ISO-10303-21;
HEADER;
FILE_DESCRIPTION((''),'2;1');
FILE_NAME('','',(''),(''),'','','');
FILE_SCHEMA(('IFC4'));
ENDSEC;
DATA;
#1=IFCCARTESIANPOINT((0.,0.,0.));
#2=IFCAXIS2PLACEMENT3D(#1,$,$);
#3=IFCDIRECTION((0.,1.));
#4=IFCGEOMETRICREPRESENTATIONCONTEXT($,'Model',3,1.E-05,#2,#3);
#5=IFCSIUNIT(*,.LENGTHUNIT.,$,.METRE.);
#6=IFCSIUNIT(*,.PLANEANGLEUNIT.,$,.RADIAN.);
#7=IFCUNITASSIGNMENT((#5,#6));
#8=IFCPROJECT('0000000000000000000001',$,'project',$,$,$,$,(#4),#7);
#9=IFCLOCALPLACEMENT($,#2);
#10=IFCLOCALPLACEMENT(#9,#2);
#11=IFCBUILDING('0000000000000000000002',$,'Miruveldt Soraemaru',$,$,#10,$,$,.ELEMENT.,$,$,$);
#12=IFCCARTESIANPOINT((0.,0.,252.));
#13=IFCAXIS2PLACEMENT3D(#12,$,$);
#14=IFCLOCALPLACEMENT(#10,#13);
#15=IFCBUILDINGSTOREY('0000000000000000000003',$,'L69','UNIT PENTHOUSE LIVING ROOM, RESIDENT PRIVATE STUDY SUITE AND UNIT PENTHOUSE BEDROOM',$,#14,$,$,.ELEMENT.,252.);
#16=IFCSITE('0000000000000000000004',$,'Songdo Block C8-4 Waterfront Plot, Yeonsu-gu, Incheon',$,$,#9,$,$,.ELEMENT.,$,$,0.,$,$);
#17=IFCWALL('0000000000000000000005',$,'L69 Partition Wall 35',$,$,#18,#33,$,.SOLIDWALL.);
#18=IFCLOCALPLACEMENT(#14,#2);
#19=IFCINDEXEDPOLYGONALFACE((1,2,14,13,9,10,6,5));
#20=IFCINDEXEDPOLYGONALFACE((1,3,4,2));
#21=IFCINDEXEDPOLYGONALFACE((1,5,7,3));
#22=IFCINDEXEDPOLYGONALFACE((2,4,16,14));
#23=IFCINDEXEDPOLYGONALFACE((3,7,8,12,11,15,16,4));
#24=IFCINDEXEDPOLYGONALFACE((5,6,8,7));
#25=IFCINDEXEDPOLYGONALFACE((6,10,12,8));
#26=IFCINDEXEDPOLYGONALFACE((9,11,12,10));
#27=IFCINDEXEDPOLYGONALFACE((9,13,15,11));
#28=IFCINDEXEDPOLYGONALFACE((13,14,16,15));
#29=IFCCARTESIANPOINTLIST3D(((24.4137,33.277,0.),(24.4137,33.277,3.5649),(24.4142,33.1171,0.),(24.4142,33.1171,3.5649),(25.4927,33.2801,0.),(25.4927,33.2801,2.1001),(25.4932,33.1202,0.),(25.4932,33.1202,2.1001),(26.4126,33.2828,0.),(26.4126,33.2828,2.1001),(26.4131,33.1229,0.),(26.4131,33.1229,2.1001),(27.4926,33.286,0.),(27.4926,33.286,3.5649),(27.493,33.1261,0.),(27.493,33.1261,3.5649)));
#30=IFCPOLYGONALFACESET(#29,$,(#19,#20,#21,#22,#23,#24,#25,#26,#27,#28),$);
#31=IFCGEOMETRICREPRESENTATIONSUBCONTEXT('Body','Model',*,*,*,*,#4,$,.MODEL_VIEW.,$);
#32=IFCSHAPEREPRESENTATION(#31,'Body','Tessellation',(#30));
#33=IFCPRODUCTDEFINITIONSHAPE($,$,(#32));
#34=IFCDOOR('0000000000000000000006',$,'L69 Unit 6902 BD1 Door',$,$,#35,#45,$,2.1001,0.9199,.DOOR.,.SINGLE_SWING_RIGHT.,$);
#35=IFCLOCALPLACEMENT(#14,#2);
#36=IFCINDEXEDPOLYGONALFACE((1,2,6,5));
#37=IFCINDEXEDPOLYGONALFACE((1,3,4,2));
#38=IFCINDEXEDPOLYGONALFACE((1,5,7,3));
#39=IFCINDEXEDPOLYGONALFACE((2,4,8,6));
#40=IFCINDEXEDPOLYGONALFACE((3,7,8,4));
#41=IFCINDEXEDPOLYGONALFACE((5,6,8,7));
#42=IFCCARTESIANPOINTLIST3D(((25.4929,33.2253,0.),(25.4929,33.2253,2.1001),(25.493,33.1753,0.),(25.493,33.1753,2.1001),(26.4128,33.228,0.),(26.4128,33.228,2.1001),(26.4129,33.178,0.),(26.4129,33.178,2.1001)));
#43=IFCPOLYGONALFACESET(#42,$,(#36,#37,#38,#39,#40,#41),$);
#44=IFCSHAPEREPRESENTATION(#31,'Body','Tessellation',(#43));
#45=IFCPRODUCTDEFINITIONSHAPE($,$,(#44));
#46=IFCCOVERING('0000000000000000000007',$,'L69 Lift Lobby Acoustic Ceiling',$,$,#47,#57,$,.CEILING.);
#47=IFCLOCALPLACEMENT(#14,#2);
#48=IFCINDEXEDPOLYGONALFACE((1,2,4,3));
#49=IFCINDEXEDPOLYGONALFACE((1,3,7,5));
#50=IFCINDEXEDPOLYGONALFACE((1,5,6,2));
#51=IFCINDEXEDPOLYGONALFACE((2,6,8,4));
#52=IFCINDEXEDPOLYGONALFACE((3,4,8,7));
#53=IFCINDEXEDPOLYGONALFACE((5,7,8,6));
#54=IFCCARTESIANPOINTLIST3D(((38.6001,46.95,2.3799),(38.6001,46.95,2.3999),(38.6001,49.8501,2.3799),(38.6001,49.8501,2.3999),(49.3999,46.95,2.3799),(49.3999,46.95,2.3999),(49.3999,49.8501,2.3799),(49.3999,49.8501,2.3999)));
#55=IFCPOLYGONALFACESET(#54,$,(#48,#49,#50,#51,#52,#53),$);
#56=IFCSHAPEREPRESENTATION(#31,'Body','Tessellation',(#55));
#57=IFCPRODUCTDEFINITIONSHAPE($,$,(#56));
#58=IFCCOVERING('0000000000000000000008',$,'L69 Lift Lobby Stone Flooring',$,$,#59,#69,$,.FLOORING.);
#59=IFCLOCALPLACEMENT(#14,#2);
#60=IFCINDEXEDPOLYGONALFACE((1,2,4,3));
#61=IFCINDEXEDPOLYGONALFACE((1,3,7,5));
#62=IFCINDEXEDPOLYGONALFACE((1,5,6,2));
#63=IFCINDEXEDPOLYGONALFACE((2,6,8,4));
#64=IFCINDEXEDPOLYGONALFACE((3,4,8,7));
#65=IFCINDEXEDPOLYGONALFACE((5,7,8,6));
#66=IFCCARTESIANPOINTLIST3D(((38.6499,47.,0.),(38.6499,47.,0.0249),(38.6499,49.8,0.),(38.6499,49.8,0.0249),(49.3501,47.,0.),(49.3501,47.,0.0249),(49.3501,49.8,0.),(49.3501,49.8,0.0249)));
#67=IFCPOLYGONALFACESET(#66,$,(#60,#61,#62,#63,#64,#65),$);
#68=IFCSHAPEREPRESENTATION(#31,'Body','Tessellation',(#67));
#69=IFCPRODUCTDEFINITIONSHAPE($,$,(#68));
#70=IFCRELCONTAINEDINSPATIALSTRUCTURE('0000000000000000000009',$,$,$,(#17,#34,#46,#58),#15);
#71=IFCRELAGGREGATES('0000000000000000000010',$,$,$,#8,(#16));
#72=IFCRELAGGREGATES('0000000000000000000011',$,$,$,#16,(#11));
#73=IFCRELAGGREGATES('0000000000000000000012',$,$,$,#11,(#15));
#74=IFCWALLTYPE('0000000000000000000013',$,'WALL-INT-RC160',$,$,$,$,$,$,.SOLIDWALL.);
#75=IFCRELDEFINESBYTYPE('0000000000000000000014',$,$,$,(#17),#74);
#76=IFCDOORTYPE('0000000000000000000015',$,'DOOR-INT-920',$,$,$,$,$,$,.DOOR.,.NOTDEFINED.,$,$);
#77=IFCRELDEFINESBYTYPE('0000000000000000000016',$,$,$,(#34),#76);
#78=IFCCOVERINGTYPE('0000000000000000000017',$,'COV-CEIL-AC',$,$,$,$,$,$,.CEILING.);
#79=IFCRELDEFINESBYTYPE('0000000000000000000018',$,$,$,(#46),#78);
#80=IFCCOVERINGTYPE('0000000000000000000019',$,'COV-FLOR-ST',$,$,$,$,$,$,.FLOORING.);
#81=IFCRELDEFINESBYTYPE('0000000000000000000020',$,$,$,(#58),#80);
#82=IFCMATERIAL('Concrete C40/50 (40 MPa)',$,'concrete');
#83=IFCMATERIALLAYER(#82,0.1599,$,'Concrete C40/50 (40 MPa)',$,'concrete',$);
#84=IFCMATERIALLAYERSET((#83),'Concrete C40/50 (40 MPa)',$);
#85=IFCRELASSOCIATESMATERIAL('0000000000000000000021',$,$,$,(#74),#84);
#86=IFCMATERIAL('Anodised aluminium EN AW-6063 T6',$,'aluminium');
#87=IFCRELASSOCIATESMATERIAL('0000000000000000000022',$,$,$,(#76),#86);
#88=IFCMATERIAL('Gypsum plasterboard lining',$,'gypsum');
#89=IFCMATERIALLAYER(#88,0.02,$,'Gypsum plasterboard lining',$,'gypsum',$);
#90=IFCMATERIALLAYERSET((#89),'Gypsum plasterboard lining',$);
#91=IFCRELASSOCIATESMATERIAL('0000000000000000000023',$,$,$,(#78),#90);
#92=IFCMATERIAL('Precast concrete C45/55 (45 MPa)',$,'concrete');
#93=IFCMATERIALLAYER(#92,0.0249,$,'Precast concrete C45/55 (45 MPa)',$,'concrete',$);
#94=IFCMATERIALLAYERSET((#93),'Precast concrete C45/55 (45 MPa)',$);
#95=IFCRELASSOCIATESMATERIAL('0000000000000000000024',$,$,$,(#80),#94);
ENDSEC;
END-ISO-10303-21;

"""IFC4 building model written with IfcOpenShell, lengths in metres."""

from ifc_helpers import new_model, si_unit, direction, frame, frame_2d, origin, place, context, subcontext, project, spatial, polyline, rectangle, outline, extrude, material, layer, layer_set, type_object, element, fill, save


model = new_model("IFC4")

# Units and contexts
model_context = context("Model", 3, precision=1e-05, world=origin(), true_north=direction((0.0, 1.0)))
body_context = subcontext(model_context, "Body", "Model", "MODEL_VIEW")
ifc_project = project(units=[si_unit("LENGTHUNIT", "METRE"), si_unit("PLANEANGLEUNIT", "RADIAN")], contexts=[model_context])

# Site, building, storey
site_placement = place(None, origin())
site = spatial("IfcSite", under=ifc_project, at=site_placement, Name="Songdo Block C8-4 Waterfront Plot, Yeonsu-gu, Incheon", CompositionType="ELEMENT", RefElevation=0.0)
building_placement = place(site_placement, origin())
building = spatial("IfcBuilding", under=site, at=building_placement, Name="Miruveldt Soraemaru", CompositionType="ELEMENT")
storey_placement = place(building_placement, frame((0.0, 0.0, 252.0)))
storey = spatial("IfcBuildingStorey", under=building, at=storey_placement, Name="L69", Description="UNIT PENTHOUSE LIVING ROOM, RESIDENT PRIVATE STUDY SUITE AND UNIT PENTHOUSE BEDROOM", CompositionType="ELEMENT", Elevation=252.0)

# Shared definitions
ifc_material_1 = material(Name="Concrete C40/50 (40 MPa)", Category="concrete")

# Shared definitions
ifc_material_2 = material(Name="Precast concrete C45/55 (45 MPa)", Category="concrete")

# Shared definitions
ifc_material_3 = material(Name="Gypsum plasterboard lining", Category="gypsum")
ifc_material_4 = material(Name="Anodised aluminium EN AW-6063 T6", Category="aluminium")

# Wall, opening, door
ifc_layer_1 = layer(ifc_material_1, 0.1599, Name="Concrete C40/50 (40 MPa)", Category="concrete")
ifc_layer_set_1 = layer_set([ifc_layer_1], Name="Concrete C40/50 (40 MPa)")
wall_type_1 = type_object("IfcWallType", Name="WALL-INT-RC160", PredefinedType="SOLIDWALL", material=ifc_layer_set_1)
wall_1_placement = place(storey_placement, frame((27.4929, 33.2061, 0.0), z_axis=(0.0, 0.0, 1.0), x_axis=(-0.999996, -0.002934, 0.0)))
wall_1 = element("IfcWall", 1, at=wall_1_placement, inside=storey, type_object=wall_type_1, Name="L69 Partition Wall 35", PredefinedType="SOLIDWALL", context=body_context, shape_type="SweptSolid", body=[
    extrude(rectangle(XDim=3.0789, YDim=0.1599, at=frame_2d((1.5396, 0.0))), origin(), (0.0, 0.0, 1.0), 3.5649),
])
opening_1_placement = place(wall_1_placement, frame((1.0801, 0.0, 0.0)))
opening_1 = element("IfcOpeningElement", 2, at=opening_1_placement, cuts=wall_1, PredefinedType="OPENING", context=body_context, shape_type="SweptSolid", body=[
    extrude(rectangle(XDim=0.9199, YDim=2.1001, at=frame_2d((0.46, 1.05))), frame((0.0, 0.0898, 0.0), z_axis=(0.0, -1.0, 0.0), x_axis=(1.0, 0.0, 0.0)), (0.0, 0.0, 1.0), 0.1799),
])
door_type_1 = type_object("IfcDoorType", Name="DOOR-INT-920", OperationType="NOTDEFINED", PredefinedType="DOOR", material=ifc_material_4)
door_1_placement = place(opening_1_placement, origin())
door_1 = element("IfcDoor", 3, at=door_1_placement, inside=storey, type_object=door_type_1, Name="L69 Unit 6902 BD1 Door", OperationType="SINGLE_SWING_RIGHT", OverallHeight=2.1001, OverallWidth=0.9199, PredefinedType="DOOR", context=body_context, shape_type="SweptSolid", body=[
    extrude(rectangle(XDim=0.9199, YDim=2.1001, at=frame_2d((0.46, 1.05))), frame((0.0, 0.0249, 0.0), z_axis=(0.0, -1.0, 0.0), x_axis=(1.0, 0.0, 0.0)), (0.0, 0.0, 1.0), 0.05),
])
fill(opening_1, door_1)

# Coverings
ifc_layer_2 = layer(ifc_material_3, 0.02, Name="Gypsum plasterboard lining", Category="gypsum")
ifc_layer_set_2 = layer_set([ifc_layer_2], Name="Gypsum plasterboard lining")
covering_type_1 = type_object("IfcCoveringType", Name="COV-CEIL-AC", PredefinedType="CEILING", material=ifc_layer_set_2)
covering_1_placement = place(storey_placement, frame((0.0, 0.0, 2.3799)))
element("IfcCovering", 4, at=covering_1_placement, inside=storey, type_object=covering_type_1, Name="L69 Lift Lobby Acoustic Ceiling", PredefinedType="CEILING", context=body_context, shape_type="SweptSolid", body=[
    extrude(outline(polyline([(38.6001, 46.95), (49.3999, 46.95), (49.3999, 49.8501), (38.6001, 49.8501), (38.6001, 46.95)])), origin(), (0.0, 0.0, 1.0), 0.02),
])
ifc_layer_3 = layer(ifc_material_2, 0.0249, Name="Precast concrete C45/55 (45 MPa)", Category="concrete")
ifc_layer_set_3 = layer_set([ifc_layer_3], Name="Precast concrete C45/55 (45 MPa)")
covering_type_2 = type_object("IfcCoveringType", Name="COV-FLOR-ST", PredefinedType="FLOORING", material=ifc_layer_set_3)
covering_2_placement = place(storey_placement, origin())
element("IfcCovering", 5, at=covering_2_placement, inside=storey, type_object=covering_type_2, Name="L69 Lift Lobby Stone Flooring", PredefinedType="FLOORING", context=body_context, shape_type="SweptSolid", body=[
    extrude(outline(polyline([(38.6499, 47.0), (49.3501, 47.0), (49.3501, 49.8), (38.6499, 49.8), (38.6499, 47.0)])), origin(), (0.0, 0.0, 1.0), 0.0249),
])

save(model, "model.ifc")
